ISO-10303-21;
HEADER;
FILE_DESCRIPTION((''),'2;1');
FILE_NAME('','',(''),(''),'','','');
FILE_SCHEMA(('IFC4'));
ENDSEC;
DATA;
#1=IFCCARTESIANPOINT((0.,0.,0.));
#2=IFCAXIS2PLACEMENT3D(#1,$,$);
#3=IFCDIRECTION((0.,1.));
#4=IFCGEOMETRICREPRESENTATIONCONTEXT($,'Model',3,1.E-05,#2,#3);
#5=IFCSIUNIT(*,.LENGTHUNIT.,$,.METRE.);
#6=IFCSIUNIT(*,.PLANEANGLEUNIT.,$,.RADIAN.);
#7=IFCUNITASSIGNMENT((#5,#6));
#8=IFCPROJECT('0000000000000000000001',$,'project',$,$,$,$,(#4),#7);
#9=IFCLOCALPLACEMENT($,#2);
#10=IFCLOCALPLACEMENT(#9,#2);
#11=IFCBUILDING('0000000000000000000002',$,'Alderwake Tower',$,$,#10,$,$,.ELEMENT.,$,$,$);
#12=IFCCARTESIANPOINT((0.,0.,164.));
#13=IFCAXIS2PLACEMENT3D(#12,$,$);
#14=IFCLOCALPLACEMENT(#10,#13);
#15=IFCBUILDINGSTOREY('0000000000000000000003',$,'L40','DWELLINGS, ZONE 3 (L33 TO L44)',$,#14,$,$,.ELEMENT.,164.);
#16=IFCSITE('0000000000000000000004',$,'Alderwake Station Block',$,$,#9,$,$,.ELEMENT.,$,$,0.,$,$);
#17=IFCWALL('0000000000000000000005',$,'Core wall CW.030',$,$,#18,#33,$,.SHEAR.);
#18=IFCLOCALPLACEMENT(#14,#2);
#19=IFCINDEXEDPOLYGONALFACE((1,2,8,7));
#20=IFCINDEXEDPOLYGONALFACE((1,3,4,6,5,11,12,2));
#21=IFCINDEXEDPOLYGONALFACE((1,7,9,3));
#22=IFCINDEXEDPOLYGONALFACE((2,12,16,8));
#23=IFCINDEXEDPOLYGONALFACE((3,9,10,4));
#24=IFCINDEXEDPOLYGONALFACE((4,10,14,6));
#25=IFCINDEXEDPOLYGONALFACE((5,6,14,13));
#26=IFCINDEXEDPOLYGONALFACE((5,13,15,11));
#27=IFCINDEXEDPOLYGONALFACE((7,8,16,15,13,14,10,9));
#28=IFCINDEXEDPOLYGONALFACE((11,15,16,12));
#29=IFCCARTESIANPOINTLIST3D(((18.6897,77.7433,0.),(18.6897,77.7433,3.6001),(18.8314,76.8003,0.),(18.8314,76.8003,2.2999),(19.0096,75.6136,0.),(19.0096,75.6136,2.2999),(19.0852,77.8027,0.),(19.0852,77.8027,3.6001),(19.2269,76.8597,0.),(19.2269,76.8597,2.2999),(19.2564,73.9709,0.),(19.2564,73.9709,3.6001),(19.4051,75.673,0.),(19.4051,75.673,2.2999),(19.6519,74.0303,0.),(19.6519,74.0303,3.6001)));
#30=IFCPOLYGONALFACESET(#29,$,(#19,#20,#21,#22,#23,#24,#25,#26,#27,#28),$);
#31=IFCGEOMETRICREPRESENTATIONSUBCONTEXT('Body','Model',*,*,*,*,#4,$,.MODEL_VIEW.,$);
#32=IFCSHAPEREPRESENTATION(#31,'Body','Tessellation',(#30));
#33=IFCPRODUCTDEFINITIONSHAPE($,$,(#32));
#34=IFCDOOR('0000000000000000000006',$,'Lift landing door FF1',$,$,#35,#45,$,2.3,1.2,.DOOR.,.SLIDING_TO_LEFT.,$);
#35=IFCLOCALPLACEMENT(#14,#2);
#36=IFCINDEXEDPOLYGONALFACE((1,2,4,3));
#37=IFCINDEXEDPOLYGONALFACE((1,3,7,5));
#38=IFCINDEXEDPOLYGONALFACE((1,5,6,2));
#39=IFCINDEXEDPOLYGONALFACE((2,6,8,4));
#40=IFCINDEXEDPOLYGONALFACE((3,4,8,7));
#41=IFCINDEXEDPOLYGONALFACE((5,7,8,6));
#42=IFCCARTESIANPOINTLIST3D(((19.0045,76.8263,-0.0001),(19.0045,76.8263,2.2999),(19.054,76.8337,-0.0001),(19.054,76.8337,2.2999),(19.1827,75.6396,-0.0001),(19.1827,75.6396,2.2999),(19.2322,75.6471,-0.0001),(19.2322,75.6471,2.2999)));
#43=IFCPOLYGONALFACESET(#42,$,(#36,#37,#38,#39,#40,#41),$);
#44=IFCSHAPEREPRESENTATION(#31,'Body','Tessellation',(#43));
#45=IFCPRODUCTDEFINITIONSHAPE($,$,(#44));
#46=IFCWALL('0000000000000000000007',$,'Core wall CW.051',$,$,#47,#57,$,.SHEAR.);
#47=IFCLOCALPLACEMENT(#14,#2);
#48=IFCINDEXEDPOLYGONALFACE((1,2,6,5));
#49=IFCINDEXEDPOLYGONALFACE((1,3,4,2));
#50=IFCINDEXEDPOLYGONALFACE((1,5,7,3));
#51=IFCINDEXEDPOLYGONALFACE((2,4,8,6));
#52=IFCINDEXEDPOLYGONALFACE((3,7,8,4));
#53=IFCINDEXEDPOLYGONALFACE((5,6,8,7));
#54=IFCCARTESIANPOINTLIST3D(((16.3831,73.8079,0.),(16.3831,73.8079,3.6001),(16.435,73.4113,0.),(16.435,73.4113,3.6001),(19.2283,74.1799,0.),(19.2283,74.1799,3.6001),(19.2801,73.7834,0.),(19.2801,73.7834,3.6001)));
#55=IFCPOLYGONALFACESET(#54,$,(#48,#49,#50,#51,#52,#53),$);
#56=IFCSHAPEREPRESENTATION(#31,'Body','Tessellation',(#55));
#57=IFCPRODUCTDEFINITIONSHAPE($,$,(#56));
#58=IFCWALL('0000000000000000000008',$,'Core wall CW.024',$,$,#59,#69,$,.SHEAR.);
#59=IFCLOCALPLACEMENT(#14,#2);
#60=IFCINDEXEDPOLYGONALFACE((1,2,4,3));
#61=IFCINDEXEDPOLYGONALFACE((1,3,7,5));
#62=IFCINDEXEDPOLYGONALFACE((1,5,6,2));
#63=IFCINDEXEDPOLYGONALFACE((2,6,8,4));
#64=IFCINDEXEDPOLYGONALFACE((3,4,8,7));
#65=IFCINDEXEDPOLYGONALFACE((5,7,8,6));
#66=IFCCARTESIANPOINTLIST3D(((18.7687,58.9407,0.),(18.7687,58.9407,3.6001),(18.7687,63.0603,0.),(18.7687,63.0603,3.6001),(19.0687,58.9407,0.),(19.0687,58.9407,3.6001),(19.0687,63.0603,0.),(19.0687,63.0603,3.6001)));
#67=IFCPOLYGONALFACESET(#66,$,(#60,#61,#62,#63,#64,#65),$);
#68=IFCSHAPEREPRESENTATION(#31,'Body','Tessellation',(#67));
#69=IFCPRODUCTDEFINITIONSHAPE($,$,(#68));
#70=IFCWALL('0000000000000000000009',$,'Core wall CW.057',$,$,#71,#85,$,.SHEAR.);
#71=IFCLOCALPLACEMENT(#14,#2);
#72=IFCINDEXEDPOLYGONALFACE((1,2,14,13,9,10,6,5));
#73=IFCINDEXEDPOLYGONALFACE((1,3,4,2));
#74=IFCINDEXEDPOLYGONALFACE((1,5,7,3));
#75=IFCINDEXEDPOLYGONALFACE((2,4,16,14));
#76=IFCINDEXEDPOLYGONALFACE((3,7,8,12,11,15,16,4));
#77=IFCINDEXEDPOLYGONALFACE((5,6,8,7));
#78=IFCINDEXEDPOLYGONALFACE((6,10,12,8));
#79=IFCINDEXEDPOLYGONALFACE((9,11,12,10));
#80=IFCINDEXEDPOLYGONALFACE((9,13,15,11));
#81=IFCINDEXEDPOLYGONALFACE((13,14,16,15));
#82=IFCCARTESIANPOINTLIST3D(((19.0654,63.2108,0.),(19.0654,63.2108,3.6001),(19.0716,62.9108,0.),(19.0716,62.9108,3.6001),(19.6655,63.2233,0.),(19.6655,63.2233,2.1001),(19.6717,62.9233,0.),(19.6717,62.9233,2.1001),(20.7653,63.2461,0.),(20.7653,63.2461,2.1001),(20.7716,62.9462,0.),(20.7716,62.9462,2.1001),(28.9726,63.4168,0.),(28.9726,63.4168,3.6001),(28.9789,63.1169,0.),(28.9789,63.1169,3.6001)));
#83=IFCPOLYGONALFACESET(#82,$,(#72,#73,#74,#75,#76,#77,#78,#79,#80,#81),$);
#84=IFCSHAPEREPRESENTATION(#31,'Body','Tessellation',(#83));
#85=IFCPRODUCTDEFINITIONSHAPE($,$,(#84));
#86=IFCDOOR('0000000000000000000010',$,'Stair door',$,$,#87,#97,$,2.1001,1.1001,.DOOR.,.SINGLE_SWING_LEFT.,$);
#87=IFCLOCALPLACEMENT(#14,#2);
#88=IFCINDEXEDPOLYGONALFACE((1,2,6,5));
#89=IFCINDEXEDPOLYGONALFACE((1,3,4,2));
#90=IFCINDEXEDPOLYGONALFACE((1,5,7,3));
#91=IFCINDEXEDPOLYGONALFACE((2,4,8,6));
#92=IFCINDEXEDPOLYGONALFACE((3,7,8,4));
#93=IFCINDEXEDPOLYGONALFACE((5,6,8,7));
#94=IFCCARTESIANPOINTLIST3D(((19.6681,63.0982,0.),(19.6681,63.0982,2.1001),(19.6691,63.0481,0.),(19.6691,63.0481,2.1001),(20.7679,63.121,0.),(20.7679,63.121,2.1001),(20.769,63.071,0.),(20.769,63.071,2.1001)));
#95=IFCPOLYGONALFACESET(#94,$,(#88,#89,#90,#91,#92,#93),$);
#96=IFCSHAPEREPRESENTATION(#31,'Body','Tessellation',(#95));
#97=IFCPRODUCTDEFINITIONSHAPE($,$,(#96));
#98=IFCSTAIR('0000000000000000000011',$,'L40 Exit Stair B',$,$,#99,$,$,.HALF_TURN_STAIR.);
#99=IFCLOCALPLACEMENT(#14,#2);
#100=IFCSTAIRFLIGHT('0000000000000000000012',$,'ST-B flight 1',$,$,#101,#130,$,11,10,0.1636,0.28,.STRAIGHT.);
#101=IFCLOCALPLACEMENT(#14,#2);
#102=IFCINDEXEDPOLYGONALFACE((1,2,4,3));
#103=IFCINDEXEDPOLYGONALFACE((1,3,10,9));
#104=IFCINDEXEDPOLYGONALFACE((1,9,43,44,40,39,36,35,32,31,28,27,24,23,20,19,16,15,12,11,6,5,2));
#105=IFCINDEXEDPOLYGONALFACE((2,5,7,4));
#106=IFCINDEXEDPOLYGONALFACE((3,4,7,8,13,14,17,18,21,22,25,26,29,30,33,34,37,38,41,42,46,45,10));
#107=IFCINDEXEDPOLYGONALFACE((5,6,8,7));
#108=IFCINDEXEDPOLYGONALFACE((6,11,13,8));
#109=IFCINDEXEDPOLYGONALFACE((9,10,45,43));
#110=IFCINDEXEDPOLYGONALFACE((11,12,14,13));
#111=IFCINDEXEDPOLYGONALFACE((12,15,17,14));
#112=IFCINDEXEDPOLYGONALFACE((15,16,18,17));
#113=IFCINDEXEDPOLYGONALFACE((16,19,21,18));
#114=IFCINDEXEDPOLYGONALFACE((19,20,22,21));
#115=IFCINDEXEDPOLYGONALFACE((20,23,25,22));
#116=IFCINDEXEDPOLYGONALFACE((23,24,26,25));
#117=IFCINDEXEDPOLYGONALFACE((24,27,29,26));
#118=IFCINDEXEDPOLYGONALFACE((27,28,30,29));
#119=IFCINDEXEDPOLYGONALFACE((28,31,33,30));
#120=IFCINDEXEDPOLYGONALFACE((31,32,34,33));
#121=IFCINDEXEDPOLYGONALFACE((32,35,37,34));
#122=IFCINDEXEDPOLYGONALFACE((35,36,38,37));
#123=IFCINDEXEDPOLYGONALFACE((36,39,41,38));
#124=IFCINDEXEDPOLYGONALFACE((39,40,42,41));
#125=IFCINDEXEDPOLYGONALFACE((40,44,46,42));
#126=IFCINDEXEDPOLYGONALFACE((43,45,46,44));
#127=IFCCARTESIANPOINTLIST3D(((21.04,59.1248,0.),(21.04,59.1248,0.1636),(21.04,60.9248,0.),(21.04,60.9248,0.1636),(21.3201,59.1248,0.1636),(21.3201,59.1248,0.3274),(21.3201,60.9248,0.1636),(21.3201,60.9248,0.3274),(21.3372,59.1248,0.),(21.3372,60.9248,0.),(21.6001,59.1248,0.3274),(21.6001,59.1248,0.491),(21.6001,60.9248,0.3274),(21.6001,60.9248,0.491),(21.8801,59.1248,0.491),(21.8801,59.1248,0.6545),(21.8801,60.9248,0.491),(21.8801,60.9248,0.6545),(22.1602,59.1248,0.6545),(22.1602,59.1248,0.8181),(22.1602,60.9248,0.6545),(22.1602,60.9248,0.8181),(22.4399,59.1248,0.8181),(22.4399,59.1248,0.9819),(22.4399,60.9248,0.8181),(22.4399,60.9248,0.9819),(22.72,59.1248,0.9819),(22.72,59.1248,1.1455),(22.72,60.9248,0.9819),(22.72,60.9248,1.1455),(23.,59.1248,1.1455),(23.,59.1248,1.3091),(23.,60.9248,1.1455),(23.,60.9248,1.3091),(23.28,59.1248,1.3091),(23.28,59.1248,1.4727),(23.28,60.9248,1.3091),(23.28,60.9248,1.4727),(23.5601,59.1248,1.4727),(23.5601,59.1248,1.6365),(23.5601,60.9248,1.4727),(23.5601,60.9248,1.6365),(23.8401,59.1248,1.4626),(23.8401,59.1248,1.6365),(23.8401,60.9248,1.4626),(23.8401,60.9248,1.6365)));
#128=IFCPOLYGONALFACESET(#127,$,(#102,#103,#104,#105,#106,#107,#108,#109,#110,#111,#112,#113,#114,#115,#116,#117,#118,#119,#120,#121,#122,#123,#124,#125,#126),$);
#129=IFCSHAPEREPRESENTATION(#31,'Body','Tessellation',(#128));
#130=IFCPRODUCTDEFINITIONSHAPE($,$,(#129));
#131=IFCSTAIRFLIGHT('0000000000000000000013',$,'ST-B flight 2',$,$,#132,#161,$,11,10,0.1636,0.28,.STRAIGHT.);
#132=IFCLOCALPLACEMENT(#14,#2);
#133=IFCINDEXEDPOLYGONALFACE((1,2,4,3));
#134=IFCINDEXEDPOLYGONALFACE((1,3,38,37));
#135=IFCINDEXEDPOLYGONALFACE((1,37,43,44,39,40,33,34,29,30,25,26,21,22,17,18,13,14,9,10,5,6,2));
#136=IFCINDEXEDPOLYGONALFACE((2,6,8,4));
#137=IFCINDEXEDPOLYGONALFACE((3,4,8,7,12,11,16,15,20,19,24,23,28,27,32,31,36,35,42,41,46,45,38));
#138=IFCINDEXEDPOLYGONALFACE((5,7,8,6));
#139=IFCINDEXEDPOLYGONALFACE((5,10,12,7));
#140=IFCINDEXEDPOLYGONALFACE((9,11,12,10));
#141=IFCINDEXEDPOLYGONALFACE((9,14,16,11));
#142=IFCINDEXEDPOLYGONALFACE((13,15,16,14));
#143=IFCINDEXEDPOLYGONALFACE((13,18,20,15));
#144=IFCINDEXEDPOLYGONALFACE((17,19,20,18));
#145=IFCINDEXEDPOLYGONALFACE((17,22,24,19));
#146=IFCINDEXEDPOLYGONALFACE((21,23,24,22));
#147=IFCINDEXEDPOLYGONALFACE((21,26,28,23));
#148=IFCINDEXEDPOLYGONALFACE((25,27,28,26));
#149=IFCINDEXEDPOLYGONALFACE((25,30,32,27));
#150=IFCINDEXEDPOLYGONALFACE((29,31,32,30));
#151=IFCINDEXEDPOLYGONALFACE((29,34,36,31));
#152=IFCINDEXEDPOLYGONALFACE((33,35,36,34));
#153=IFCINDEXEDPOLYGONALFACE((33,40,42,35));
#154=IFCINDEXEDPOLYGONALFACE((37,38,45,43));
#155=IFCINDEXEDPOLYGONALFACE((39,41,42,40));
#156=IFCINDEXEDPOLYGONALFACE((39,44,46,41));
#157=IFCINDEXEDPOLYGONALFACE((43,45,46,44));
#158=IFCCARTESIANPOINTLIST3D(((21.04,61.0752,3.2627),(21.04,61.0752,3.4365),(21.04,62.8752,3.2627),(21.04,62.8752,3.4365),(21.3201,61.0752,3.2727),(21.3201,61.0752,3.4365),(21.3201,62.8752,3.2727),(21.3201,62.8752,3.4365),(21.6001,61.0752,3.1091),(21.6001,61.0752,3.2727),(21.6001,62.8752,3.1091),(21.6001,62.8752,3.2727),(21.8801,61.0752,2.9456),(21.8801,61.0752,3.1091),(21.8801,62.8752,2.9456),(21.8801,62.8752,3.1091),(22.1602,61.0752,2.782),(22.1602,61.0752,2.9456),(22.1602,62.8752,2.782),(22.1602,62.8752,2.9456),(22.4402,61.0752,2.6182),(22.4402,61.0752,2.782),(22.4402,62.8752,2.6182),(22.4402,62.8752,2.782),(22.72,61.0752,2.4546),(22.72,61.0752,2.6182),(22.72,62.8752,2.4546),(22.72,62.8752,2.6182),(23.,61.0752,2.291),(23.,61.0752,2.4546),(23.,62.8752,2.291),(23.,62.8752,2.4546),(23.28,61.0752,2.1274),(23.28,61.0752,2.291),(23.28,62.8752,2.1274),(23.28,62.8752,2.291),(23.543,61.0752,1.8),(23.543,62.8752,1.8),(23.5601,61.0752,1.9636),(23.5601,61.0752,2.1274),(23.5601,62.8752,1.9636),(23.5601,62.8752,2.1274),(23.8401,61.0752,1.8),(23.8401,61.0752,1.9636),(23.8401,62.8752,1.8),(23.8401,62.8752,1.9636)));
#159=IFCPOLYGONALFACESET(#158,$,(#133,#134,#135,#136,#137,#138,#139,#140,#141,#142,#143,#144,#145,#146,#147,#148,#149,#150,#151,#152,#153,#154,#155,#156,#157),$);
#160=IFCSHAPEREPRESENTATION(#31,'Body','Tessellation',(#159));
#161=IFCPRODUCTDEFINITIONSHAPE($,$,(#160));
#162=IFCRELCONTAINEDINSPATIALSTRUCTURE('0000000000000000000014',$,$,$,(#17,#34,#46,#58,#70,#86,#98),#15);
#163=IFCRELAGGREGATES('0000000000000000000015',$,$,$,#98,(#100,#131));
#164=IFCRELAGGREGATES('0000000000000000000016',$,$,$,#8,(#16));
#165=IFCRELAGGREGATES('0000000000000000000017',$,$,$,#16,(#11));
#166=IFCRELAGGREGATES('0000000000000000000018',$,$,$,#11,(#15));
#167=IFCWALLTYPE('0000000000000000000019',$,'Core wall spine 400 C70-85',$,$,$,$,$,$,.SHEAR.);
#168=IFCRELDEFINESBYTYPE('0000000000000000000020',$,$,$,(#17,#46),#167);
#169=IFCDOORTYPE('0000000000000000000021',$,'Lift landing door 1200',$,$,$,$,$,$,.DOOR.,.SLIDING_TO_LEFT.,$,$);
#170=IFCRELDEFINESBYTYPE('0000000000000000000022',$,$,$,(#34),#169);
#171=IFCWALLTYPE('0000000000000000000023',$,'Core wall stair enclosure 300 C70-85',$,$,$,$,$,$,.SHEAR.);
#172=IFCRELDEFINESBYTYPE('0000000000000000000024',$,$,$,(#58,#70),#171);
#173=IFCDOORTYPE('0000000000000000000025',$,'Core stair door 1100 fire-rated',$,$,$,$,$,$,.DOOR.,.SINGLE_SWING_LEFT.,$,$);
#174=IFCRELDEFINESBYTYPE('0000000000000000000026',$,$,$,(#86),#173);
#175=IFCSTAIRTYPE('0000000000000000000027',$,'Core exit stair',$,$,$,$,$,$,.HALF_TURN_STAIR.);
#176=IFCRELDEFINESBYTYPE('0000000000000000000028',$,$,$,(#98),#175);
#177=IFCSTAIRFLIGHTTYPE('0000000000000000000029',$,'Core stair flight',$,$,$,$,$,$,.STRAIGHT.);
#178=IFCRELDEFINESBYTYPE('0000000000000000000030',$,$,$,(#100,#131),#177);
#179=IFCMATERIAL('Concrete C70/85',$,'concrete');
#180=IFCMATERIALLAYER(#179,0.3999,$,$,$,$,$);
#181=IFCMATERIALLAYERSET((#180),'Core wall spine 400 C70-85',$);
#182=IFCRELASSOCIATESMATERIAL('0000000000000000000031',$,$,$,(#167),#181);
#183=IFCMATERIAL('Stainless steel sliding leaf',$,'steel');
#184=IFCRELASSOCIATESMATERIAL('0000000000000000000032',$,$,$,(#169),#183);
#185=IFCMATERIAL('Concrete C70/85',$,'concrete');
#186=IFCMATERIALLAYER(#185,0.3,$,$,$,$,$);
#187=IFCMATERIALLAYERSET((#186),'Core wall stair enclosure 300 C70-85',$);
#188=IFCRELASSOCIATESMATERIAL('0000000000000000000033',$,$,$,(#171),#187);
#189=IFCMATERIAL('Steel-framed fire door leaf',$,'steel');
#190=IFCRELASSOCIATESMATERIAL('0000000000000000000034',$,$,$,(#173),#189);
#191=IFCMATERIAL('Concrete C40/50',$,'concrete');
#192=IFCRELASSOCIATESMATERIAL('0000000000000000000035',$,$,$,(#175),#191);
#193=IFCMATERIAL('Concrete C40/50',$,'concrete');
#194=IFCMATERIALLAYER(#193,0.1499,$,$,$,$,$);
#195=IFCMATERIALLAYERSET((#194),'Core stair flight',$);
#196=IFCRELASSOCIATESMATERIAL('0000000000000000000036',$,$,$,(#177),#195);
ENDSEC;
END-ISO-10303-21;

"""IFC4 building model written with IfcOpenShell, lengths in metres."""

from ifc_helpers import new_model, si_unit, direction, frame, frame_2d, origin, place, context, subcontext, project, spatial, polyline, rectangle, outline, extrude, material, layer, layer_set, type_object, element, fill, aggregate, save


model = new_model("IFC4")

# Units and contexts
model_context = context("Model", 3, precision=1e-05, world=origin(), true_north=direction((0.0, 1.0)))
body_context = subcontext(model_context, "Body", "Model", "MODEL_VIEW")
ifc_project = project(units=[si_unit("LENGTHUNIT", "METRE"), si_unit("PLANEANGLEUNIT", "RADIAN")], contexts=[model_context])

# Site, building, storey
site_placement = place(None, origin())
site = spatial("IfcSite", under=ifc_project, at=site_placement, Name="Alderwake Station Block", CompositionType="ELEMENT", RefElevation=0.0)
building_placement = place(site_placement, origin())
building = spatial("IfcBuilding", under=site, at=building_placement, Name="Alderwake Tower", CompositionType="ELEMENT")
storey_placement = place(building_placement, frame((0.0, 0.0, 164.0)))
storey = spatial("IfcBuildingStorey", under=building, at=storey_placement, Name="L40", Description="DWELLINGS, ZONE 3 (L33 TO L44)", CompositionType="ELEMENT", Elevation=164.0)

# Shared definitions
ifc_material_1 = material(Name="Concrete C70/85", Category="concrete")
ifc_layer_1 = layer(ifc_material_1, 0.3999)
ifc_layer_set_1 = layer_set([ifc_layer_1], Name="Core wall spine 400 C70-85")
wall_type_1 = type_object("IfcWallType", Name="Core wall spine 400 C70-85", PredefinedType="SHEAR", material=ifc_layer_set_1)

# Wall, opening, door
wall_1_placement = place(storey_placement, frame((19.4541, 74.0007, 0.0), z_axis=(0.0, 0.0, 1.0), x_axis=(-0.148541, 0.988906, 0.0)))
wall_1 = element("IfcWall", 1, at=wall_1_placement, inside=storey, type_object=wall_type_1, Name="Core wall CW.030", PredefinedType="SHEAR", context=body_context, shape_type="SweptSolid", body=[
    extrude(rectangle(XDim=3.8147, YDim=0.3999, at=frame_2d((1.9072, 0.0))), origin(), (0.0, 0.0, 1.0), 3.6001),
])
opening_1_placement = place(wall_1_placement, frame((1.6609, 0.0, 0.0)))
opening_1 = element("IfcOpeningElement", 2, at=opening_1_placement, cuts=wall_1, PredefinedType="OPENING", context=body_context, shape_type="SweptSolid", body=[
    extrude(rectangle(XDim=1.2, YDim=2.3, at=frame_2d((0.6001, 1.1499))), frame((0.0, 0.21, 0.0), z_axis=(0.0, -1.0, 0.0), x_axis=(1.0, 0.0, 0.0)), (0.0, 0.0, 1.0), 0.4199),
])
ifc_material_2 = material(Name="Stainless steel sliding leaf", Category="steel")
door_type_1 = type_object("IfcDoorType", Name="Lift landing door 1200", OperationType="SLIDING_TO_LEFT", PredefinedType="DOOR", material=ifc_material_2)
door_1_placement = place(opening_1_placement, origin())
door_1 = element("IfcDoor", 3, at=door_1_placement, inside=storey, type_object=door_type_1, Name="Lift landing door FF1", OperationType="SLIDING_TO_LEFT", OverallHeight=2.3, OverallWidth=1.2, PredefinedType="DOOR", context=body_context, shape_type="SweptSolid", body=[
    extrude(rectangle(XDim=1.2, YDim=2.3, at=frame_2d((0.6001, 1.1499))), frame((0.0, 0.0249, 0.0), z_axis=(0.0, -1.0, 0.0), x_axis=(1.0, 0.0, 0.0)), (0.0, 0.0, 1.0), 0.05),
])
fill(opening_1, door_1)

# Walls
wall_2_placement = place(storey_placement, frame((16.4092, 73.6096, 0.0), z_axis=(0.0, 0.0, 1.0), x_axis=(0.991558, 0.129667, 0.0)))
element("IfcWall", 4, at=wall_2_placement, inside=storey, type_object=wall_type_1, Name="Core wall CW.051", PredefinedType="SHEAR", context=body_context, shape_type="SweptSolid", body=[
    extrude(rectangle(XDim=2.8694, YDim=0.3999, at=frame_2d((1.4346, 0.0))), origin(), (0.0, 0.0, 1.0), 3.6001),
])
ifc_material_3 = material(Name="Concrete C70/85", Category="concrete")
ifc_layer_2 = layer(ifc_material_3, 0.3)
ifc_layer_set_2 = layer_set([ifc_layer_2], Name="Core wall stair enclosure 300 C70-85")
wall_type_2 = type_object("IfcWallType", Name="Core wall stair enclosure 300 C70-85", PredefinedType="SHEAR", material=ifc_layer_set_2)
wall_3_placement = place(storey_placement, frame((18.9187, 58.9407, 0.0), z_axis=(0.0, 0.0, 1.0), x_axis=(0.0, 1.0, 0.0)))
element("IfcWall", 5, at=wall_3_placement, inside=storey, type_object=wall_type_2, Name="Core wall CW.024", PredefinedType="SHEAR", context=body_context, shape_type="SweptSolid", body=[
    extrude(rectangle(XDim=4.1196, YDim=0.3, at=frame_2d((2.0598, 0.0))), origin(), (0.0, 0.0, 1.0), 3.6001),
])

# Wall, opening, door
wall_4_placement = place(storey_placement, frame((19.0686, 63.0608, 0.0), z_axis=(0.0, 0.0, 1.0), x_axis=(0.999784, 0.020794, 0.0)))
wall_4 = element("IfcWall", 6, at=wall_4_placement, inside=storey, type_object=wall_type_2, Name="Core wall CW.057", PredefinedType="SHEAR", context=body_context, shape_type="SweptSolid", body=[
    extrude(rectangle(XDim=9.9094, YDim=0.3, at=frame_2d((4.9546, 0.0))), origin(), (0.0, 0.0, 1.0), 3.6001),
])
opening_2_placement = place(wall_4_placement, frame((0.6001, 0.0, 0.0)))
opening_2 = element("IfcOpeningElement", 7, at=opening_2_placement, cuts=wall_4, PredefinedType="OPENING", context=body_context, shape_type="SweptSolid", body=[
    extrude(rectangle(XDim=1.1001, YDim=2.1001, at=frame_2d((0.55, 1.05))), frame((0.0, 0.1599, 0.0), z_axis=(0.0, -1.0, 0.0), x_axis=(1.0, 0.0, 0.0)), (0.0, 0.0, 1.0), 0.3201),
])
ifc_material_4 = material(Name="Steel-framed fire door leaf", Category="steel")
door_type_2 = type_object("IfcDoorType", Name="Core stair door 1100 fire-rated", OperationType="SINGLE_SWING_LEFT", PredefinedType="DOOR", material=ifc_material_4)
door_2_placement = place(opening_2_placement, origin())
door_2 = element("IfcDoor", 8, at=door_2_placement, inside=storey, type_object=door_type_2, Name="Stair door", OperationType="SINGLE_SWING_LEFT", OverallHeight=2.1001, OverallWidth=1.1001, PredefinedType="DOOR", context=body_context, shape_type="SweptSolid", body=[
    extrude(rectangle(XDim=1.1001, YDim=2.1001, at=frame_2d((0.55, 1.05))), frame((0.0, 0.0249, 0.0), z_axis=(0.0, -1.0, 0.0), x_axis=(1.0, 0.0, 0.0)), (0.0, 0.0, 1.0), 0.05),
])
fill(opening_2, door_2)

# Stair, stair flights
ifc_material_5 = material(Name="Concrete C40/50", Category="concrete")
stair_type = type_object("IfcStairType", Name="Core exit stair", PredefinedType="HALF_TURN_STAIR", material=ifc_material_5)
stair_placement = place(storey_placement, origin())
stair = element("IfcStair", 9, at=stair_placement, inside=storey, type_object=stair_type, Name="L40 Exit Stair B", PredefinedType="HALF_TURN_STAIR")
ifc_material_6 = material(Name="Concrete C40/50", Category="concrete")
ifc_layer_3 = layer(ifc_material_6, 0.1499)
ifc_layer_set_3 = layer_set([ifc_layer_3], Name="Core stair flight")
stair_flight_type = type_object("IfcStairFlightType", Name="Core stair flight", PredefinedType="STRAIGHT", material=ifc_layer_set_3)
stair_flight_1_placement = place(storey_placement, frame((21.04, 60.0249, 0.0), z_axis=(0.0, 0.0, 1.0), x_axis=(1.0, 0.0, 0.0)))
stair_flight_1 = element("IfcStairFlight", 10, at=stair_flight_1_placement, type_object=stair_flight_type, Name="ST-B flight 1", NumberOfRisers=11, NumberOfTreads=10, PredefinedType="STRAIGHT", RiserHeight=0.1636, TreadLength=0.28, context=body_context, shape_type="SweptSolid", body=[
    extrude(outline(polyline([(0.0, 0.0), (0.0, 0.1636), (0.28, 0.1636), (0.28, 0.3274), (0.5601, 0.3274), (0.5601, 0.491), (0.8401, 0.491), (0.8401, 0.6545), (1.1201, 0.6545), (1.1201, 0.8181), (1.3999, 0.8181), (1.3999, 0.9819), (1.6799, 0.9819), (1.6799, 1.1455), (1.96, 1.1455), (1.96, 1.3091), (2.24, 1.3091), (2.24, 1.4727), (2.52, 1.4727), (2.52, 1.6365), (2.8, 1.6365), (2.8, 1.8), (2.8, 1.4626), (0.2971, 0.0), (0.0, 0.0)])), frame((0.0, 0.8999, 0.0), z_axis=(0.0, -1.0, 0.0), x_axis=(1.0, 0.0, 0.0)), (0.0, 0.0, 1.0), 1.8),
])
stair_flight_2_placement = place(storey_placement, frame((23.8401, 61.9751, 1.8), z_axis=(0.0, 0.0, 1.0), x_axis=(-1.0, 0.0, 0.0)))
stair_flight_2 = element("IfcStairFlight", 11, at=stair_flight_2_placement, type_object=stair_flight_type, Name="ST-B flight 2", NumberOfRisers=11, NumberOfTreads=10, PredefinedType="STRAIGHT", RiserHeight=0.1636, TreadLength=0.28, context=body_context, shape_type="SweptSolid", body=[
    extrude(outline(polyline([(0.0, 0.0), (0.0, 0.1636), (0.28, 0.1636), (0.28, 0.3274), (0.5601, 0.3274), (0.5601, 0.491), (0.8401, 0.491), (0.8401, 0.6545), (1.1201, 0.6545), (1.1201, 0.8181), (1.3999, 0.8181), (1.3999, 0.9819), (1.6799, 0.9819), (1.6799, 1.1455), (1.96, 1.1455), (1.96, 1.3091), (2.24, 1.3091), (2.24, 1.4727), (2.52, 1.4727), (2.52, 1.6365), (2.8, 1.6365), (2.8, 1.8), (2.8, 1.4626), (0.2971, 0.0), (0.0, 0.0)])), frame((0.0, 0.8999, 0.0), z_axis=(0.0, -1.0, 0.0), x_axis=(1.0, 0.0, 0.0)), (0.0, 0.0, 1.0), 1.8),
])
aggregate(stair, [stair_flight_1, stair_flight_2])

save(model, "model.ifc")
